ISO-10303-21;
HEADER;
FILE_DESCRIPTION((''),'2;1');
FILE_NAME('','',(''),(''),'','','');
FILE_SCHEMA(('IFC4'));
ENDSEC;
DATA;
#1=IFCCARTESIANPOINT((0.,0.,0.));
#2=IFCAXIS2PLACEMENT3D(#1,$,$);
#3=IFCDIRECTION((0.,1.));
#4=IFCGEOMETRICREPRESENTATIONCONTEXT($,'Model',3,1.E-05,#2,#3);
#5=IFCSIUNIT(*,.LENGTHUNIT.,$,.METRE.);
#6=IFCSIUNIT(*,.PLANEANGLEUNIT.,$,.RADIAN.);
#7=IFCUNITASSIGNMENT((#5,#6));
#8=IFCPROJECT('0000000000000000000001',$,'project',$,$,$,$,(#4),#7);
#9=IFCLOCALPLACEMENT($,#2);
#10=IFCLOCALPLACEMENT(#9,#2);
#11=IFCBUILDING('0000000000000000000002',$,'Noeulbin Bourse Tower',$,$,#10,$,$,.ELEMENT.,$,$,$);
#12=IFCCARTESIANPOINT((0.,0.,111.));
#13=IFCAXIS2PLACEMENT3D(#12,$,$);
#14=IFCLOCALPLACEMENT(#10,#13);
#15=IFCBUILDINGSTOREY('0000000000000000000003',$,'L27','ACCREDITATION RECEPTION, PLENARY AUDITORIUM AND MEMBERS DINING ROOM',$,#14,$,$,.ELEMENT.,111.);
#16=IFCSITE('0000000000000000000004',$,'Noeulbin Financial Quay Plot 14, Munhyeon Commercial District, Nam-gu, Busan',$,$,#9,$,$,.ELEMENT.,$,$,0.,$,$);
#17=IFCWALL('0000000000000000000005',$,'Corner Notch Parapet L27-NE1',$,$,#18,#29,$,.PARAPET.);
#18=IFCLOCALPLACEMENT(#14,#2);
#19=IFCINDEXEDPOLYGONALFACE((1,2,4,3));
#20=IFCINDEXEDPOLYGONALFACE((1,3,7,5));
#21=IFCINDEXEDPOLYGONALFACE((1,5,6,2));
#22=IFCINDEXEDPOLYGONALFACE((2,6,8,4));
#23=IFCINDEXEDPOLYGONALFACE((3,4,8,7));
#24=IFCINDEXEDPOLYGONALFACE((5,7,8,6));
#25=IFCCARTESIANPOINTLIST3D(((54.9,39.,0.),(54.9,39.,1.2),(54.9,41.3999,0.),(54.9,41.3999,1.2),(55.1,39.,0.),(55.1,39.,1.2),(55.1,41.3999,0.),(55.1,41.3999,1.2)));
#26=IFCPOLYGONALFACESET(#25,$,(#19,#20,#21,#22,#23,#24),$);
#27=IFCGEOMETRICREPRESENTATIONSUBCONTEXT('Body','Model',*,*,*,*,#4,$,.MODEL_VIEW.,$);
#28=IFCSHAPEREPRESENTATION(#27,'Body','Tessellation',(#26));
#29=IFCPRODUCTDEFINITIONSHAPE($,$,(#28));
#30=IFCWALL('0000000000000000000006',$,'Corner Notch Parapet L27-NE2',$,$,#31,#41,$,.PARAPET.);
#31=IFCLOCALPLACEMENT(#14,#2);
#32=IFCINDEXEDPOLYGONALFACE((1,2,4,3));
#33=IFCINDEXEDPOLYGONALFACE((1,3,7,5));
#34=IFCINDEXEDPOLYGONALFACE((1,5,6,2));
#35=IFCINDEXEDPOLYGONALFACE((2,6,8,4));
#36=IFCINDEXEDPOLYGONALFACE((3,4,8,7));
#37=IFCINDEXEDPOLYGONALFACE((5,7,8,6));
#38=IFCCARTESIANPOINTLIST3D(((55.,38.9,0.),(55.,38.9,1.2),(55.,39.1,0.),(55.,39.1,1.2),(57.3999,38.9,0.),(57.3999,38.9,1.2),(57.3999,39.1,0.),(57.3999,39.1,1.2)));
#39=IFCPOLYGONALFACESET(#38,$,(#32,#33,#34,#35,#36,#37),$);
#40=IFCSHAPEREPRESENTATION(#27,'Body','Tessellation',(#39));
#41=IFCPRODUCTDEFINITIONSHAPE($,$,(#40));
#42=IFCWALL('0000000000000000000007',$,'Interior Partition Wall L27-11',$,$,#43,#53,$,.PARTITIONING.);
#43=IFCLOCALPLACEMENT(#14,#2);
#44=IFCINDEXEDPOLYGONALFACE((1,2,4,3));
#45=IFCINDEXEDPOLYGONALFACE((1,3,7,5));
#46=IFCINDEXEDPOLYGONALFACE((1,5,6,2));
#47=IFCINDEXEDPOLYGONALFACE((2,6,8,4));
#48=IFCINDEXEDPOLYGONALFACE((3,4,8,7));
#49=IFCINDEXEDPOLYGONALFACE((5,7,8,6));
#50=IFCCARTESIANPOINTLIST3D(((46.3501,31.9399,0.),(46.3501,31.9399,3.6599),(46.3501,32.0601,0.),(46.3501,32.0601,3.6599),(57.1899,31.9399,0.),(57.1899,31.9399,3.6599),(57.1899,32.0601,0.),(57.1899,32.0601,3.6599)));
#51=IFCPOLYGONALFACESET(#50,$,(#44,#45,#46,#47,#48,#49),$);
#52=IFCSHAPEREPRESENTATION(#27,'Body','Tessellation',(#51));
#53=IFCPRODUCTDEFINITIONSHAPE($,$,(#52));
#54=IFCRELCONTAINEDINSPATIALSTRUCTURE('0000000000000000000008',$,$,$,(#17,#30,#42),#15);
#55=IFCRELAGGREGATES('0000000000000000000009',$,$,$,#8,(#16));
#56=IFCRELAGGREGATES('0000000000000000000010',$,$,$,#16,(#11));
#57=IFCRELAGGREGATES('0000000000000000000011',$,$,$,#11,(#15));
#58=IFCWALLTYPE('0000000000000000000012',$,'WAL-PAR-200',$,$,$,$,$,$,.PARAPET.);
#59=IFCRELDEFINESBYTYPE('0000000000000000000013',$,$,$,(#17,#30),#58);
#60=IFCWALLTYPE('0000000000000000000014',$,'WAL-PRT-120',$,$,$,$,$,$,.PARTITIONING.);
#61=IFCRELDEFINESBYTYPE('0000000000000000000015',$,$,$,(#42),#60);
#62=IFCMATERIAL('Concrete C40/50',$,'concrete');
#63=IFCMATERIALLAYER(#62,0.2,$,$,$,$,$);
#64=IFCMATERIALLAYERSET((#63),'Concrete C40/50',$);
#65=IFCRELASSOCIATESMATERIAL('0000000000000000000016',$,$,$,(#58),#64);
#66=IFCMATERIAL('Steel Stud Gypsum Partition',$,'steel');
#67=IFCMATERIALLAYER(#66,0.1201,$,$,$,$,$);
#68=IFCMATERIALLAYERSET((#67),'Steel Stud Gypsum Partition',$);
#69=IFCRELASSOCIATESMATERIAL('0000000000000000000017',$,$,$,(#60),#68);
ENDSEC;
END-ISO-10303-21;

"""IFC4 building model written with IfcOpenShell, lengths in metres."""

from ifc_helpers import new_model, si_unit, direction, frame, frame_2d, origin, place, context, subcontext, project, spatial, rectangle, extrude, material, layer, layer_set, type_object, element, save


model = new_model("IFC4")

# Units and contexts
model_context = context("Model", 3, precision=1e-05, world=origin(), true_north=direction((0.0, 1.0)))
body_context = subcontext(model_context, "Body", "Model", "MODEL_VIEW")
ifc_project = project(units=[si_unit("LENGTHUNIT", "METRE"), si_unit("PLANEANGLEUNIT", "RADIAN")], contexts=[model_context])

# Site, building, storey
site_placement = place(None, origin())
site = spatial("IfcSite", under=ifc_project, at=site_placement, Name="Noeulbin Financial Quay Plot 14, Munhyeon Commercial District, Nam-gu, Busan", CompositionType="ELEMENT", RefElevation=0.0)
building_placement = place(site_placement, origin())
building = spatial("IfcBuilding", under=site, at=building_placement, Name="Noeulbin Bourse Tower", CompositionType="ELEMENT")
storey_placement = place(building_placement, frame((0.0, 0.0, 111.0)))
storey = spatial("IfcBuildingStorey", under=building, at=storey_placement, Name="L27", Description="ACCREDITATION RECEPTION, PLENARY AUDITORIUM AND MEMBERS DINING ROOM", CompositionType="ELEMENT", Elevation=111.0)

# Walls
ifc_material_1 = material(Name="Concrete C40/50", Category="concrete")
ifc_layer_1 = layer(ifc_material_1, 0.2)
ifc_layer_set_1 = layer_set([ifc_layer_1], Name="Concrete C40/50")
wall_type_1 = type_object("IfcWallType", Name="WAL-PAR-200", PredefinedType="PARAPET", material=ifc_layer_set_1)
for number, where, z_axis, x_axis, name in (
    (1, (55.0, 41.3999, 0.0), (0.0, 0.0, 1.0), (0.0, -1.0, 0.0), "Corner Notch Parapet L27-NE1"),
    (2, (55.0, 39.0, 0.0), (0.0, 0.0, 1.0), (1.0, 0.0, 0.0), "Corner Notch Parapet L27-NE2"),
):
    element("IfcWall", number, at=place(storey_placement, frame(where, z_axis=z_axis, x_axis=x_axis)), inside=storey, type_object=wall_type_1, Name=name, PredefinedType="PARAPET", context=body_context, shape_type="SweptSolid", body=[
        extrude(rectangle(XDim=2.3999, YDim=0.2, at=frame_2d((1.2, 0.0))), origin(), (0.0, 0.0, 1.0), 1.2),
    ])
ifc_material_2 = material(Name="Steel Stud Gypsum Partition", Category="steel")
ifc_layer_2 = layer(ifc_material_2, 0.1201)
ifc_layer_set_2 = layer_set([ifc_layer_2], Name="Steel Stud Gypsum Partition")
wall_type_2 = type_object("IfcWallType", Name="WAL-PRT-120", PredefinedType="PARTITIONING", material=ifc_layer_set_2)
wall_1_placement = place(storey_placement, frame((46.3501, 32.0, 0.0), z_axis=(0.0, 0.0, 1.0), x_axis=(1.0, 0.0, 0.0)))
element("IfcWall", 3, at=wall_1_placement, inside=storey, type_object=wall_type_2, Name="Interior Partition Wall L27-11", PredefinedType="PARTITIONING", context=body_context, shape_type="SweptSolid", body=[
    extrude(rectangle(XDim=10.8398, YDim=0.1201, at=frame_2d((5.4199, 0.0))), origin(), (0.0, 0.0, 1.0), 3.6599),
])

save(model, "model.ifc")
